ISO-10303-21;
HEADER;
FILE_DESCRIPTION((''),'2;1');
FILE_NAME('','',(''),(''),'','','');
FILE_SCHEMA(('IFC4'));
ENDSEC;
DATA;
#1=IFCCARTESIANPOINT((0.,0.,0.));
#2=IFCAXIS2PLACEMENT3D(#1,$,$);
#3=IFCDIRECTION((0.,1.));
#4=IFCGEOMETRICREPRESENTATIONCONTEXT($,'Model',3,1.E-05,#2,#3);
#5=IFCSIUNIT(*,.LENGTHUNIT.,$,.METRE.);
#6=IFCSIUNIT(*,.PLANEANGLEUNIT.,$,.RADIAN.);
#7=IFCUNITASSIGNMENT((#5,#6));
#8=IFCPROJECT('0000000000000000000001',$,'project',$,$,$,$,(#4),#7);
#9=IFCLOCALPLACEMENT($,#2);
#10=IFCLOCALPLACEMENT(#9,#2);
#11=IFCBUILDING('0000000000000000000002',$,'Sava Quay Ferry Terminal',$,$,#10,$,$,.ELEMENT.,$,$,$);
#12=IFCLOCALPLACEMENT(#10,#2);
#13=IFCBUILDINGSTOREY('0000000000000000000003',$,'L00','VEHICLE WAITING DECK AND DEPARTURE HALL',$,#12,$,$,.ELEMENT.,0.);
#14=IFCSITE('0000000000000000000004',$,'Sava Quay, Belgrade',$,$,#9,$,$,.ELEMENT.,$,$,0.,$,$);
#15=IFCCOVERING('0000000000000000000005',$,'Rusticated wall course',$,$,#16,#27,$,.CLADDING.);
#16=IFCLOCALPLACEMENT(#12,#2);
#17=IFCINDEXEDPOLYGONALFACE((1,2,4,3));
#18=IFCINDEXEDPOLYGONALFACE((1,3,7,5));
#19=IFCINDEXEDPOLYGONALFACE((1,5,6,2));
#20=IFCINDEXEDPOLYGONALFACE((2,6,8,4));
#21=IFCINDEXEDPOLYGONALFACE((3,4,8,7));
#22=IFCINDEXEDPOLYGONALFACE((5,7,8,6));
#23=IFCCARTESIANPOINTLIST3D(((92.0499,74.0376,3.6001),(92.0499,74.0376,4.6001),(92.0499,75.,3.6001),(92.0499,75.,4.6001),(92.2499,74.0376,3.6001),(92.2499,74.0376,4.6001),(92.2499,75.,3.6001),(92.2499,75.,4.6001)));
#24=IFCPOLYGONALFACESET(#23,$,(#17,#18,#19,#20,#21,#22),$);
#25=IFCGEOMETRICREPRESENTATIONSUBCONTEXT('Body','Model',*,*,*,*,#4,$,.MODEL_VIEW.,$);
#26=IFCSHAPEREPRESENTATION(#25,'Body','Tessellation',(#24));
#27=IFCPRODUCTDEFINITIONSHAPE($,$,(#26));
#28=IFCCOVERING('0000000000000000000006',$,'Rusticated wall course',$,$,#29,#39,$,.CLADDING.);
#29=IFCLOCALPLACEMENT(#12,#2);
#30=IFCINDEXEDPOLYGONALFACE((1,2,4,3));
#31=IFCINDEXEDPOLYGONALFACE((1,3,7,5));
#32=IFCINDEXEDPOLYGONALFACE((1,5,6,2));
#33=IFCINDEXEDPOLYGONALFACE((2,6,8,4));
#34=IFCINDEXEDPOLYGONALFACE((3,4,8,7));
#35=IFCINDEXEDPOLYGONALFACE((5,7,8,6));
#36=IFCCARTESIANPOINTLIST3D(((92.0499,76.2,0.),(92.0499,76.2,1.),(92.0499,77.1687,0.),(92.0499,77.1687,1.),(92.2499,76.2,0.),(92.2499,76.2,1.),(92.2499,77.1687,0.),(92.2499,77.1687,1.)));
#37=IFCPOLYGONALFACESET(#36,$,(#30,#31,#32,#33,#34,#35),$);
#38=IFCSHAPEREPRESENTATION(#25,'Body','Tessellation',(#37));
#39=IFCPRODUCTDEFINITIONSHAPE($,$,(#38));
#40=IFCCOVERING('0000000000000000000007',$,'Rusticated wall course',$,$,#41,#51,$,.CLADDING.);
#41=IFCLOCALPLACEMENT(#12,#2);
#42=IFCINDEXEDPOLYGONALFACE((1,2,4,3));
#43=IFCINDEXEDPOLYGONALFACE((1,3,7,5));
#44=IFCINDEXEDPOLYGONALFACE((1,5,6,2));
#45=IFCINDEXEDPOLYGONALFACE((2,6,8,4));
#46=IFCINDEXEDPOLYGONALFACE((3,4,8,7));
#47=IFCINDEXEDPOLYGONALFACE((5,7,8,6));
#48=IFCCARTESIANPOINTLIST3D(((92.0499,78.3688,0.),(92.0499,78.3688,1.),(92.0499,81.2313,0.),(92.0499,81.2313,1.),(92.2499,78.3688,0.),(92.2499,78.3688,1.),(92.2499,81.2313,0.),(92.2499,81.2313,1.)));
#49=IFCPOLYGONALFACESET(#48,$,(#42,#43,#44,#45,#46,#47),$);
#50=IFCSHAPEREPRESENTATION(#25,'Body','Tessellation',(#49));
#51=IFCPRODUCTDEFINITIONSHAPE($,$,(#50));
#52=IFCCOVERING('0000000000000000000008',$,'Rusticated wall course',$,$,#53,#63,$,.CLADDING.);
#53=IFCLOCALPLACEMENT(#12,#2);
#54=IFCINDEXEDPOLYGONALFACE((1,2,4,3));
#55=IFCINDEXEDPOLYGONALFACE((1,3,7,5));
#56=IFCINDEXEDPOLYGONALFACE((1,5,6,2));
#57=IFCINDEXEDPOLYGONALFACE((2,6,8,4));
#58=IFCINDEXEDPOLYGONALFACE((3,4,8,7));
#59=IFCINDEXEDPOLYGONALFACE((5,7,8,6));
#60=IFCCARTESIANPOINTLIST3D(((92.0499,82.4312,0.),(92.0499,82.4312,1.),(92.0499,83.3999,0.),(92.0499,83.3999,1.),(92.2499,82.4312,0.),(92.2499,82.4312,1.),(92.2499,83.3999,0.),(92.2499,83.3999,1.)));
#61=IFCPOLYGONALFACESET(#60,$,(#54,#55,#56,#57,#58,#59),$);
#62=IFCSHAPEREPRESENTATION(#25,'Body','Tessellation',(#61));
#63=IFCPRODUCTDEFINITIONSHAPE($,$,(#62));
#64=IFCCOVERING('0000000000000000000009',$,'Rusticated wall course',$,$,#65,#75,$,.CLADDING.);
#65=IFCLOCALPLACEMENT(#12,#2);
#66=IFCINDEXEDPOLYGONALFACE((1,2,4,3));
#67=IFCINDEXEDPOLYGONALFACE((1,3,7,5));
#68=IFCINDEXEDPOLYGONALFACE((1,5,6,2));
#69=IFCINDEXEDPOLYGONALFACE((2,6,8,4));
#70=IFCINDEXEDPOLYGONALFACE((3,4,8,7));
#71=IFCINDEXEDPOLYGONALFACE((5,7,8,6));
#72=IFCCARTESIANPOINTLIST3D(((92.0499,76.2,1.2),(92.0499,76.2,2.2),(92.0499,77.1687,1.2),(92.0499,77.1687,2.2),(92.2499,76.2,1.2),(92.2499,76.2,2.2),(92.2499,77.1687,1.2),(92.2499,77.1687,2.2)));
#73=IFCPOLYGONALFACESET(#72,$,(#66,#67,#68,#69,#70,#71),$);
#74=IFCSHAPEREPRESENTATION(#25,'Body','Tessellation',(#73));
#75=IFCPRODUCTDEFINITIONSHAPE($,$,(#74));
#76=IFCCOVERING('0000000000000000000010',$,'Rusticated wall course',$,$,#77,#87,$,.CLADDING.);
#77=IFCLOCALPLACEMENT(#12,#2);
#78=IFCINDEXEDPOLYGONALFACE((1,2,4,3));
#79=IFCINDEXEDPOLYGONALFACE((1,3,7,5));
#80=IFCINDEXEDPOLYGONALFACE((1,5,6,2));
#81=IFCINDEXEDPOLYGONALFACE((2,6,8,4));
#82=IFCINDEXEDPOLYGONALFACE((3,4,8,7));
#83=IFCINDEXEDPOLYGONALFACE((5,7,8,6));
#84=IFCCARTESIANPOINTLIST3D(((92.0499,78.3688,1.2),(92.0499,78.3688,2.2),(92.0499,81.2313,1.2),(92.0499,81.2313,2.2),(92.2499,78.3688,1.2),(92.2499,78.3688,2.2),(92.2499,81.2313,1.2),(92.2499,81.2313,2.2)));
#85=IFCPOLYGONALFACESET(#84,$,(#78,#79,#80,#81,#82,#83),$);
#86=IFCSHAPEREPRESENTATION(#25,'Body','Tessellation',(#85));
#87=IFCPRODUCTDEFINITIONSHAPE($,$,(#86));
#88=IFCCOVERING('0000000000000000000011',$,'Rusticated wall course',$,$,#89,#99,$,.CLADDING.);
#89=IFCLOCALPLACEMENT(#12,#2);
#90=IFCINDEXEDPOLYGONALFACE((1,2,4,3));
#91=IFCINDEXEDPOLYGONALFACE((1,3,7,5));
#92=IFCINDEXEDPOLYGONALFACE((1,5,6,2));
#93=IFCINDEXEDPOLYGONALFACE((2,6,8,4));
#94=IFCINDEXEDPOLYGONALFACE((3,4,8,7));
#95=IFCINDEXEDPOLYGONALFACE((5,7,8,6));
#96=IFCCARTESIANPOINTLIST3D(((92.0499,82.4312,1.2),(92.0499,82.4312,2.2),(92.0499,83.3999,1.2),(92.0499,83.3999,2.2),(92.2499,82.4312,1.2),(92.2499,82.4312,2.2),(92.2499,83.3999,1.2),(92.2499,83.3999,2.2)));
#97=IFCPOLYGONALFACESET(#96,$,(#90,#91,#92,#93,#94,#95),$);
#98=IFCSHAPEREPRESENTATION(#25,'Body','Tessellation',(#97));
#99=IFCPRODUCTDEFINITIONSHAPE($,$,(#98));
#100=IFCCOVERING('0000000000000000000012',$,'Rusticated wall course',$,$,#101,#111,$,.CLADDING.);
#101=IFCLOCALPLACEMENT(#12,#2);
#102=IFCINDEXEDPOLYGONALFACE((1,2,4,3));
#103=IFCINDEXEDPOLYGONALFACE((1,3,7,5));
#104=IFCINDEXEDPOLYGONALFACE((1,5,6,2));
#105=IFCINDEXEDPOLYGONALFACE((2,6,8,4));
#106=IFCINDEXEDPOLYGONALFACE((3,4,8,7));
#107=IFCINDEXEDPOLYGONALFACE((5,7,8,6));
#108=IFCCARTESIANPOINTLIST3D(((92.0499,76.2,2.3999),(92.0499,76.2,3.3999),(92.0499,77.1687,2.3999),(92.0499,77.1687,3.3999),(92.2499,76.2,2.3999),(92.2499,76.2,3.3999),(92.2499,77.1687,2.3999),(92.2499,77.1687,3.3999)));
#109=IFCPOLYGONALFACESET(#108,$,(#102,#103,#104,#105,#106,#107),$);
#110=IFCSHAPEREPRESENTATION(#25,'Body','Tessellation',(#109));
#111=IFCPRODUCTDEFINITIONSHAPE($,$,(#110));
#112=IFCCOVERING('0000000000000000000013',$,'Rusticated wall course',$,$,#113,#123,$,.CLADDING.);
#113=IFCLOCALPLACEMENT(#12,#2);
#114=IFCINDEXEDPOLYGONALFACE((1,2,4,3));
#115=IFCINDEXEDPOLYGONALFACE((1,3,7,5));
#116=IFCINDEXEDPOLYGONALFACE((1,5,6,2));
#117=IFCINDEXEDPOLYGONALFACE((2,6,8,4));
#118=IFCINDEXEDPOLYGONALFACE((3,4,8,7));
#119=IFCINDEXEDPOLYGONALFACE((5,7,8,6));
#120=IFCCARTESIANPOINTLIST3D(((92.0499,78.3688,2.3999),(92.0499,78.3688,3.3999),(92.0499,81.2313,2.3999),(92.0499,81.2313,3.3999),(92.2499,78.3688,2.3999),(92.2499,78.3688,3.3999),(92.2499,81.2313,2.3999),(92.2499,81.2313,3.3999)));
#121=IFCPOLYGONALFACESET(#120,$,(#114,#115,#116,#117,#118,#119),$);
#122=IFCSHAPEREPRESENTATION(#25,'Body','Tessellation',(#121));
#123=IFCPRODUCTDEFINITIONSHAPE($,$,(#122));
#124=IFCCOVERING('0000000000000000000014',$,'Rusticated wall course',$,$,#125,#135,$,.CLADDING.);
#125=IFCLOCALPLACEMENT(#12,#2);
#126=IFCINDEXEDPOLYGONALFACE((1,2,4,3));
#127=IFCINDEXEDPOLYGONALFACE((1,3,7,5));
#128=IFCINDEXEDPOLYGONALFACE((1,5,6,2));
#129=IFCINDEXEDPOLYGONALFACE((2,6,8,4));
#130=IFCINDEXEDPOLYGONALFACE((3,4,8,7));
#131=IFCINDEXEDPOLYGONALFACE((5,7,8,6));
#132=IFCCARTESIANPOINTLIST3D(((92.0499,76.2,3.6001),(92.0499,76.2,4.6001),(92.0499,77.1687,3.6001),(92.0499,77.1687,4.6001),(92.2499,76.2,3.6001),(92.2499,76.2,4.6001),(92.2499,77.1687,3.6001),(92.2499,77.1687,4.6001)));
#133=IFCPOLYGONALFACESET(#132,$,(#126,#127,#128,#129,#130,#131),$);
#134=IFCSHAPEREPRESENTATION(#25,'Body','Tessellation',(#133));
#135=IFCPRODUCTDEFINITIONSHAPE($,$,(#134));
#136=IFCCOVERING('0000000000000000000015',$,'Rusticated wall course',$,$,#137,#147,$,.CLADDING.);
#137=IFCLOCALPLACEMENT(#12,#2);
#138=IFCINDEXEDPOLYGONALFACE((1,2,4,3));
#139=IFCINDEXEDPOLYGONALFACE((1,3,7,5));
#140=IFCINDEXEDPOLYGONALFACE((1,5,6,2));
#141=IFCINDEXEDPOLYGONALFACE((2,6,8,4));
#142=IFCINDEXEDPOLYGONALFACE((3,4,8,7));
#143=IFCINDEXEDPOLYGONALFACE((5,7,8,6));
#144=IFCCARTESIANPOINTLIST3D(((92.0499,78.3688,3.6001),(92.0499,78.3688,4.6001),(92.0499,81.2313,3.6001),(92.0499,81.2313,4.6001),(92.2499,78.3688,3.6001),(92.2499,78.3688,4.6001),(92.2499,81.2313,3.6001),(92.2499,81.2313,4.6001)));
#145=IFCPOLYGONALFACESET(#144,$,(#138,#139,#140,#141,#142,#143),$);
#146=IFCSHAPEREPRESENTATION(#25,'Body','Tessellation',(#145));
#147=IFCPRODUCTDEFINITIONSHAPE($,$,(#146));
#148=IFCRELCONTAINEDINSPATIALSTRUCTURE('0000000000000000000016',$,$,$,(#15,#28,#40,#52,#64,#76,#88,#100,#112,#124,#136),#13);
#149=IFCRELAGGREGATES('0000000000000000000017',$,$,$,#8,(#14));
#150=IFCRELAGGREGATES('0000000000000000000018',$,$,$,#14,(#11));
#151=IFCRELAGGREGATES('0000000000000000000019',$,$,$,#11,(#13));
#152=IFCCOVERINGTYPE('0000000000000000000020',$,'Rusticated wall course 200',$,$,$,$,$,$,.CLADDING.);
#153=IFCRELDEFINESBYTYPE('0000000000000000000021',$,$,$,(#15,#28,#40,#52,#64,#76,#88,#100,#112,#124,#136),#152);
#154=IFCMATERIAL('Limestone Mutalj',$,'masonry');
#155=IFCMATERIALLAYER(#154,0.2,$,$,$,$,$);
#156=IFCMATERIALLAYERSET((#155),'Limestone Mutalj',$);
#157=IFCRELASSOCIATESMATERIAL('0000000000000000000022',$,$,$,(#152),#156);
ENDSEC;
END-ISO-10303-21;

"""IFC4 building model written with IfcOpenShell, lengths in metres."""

from ifc_helpers import new_model, si_unit, direction, frame, origin, origin_2d, place, context, subcontext, project, spatial, rectangle, extrude, material, layer, layer_set, type_object, element, save


model = new_model("IFC4")

# Units and contexts
model_context = context("Model", 3, precision=1e-05, world=origin(), true_north=direction((0.0, 1.0)))
body_context = subcontext(model_context, "Body", "Model", "MODEL_VIEW")
ifc_project = project(units=[si_unit("LENGTHUNIT", "METRE"), si_unit("PLANEANGLEUNIT", "RADIAN")], contexts=[model_context])

# Site, building, storey
site_placement = place(None, origin())
site = spatial("IfcSite", under=ifc_project, at=site_placement, Name="Sava Quay, Belgrade", CompositionType="ELEMENT", RefElevation=0.0)
building_placement = place(site_placement, origin())
building = spatial("IfcBuilding", under=site, at=building_placement, Name="Sava Quay Ferry Terminal", CompositionType="ELEMENT")
storey_placement = place(building_placement, origin())
storey = spatial("IfcBuildingStorey", under=building, at=storey_placement, Name="L00", Description="VEHICLE WAITING DECK AND DEPARTURE HALL", CompositionType="ELEMENT", Elevation=0.0)

# Coverings
ifc_material_1 = material(Name="Limestone Mutalj", Category="masonry")
ifc_layer_1 = layer(ifc_material_1, 0.2)
ifc_layer_set_1 = layer_set([ifc_layer_1], Name="Limestone Mutalj")
covering_type_1 = type_object("IfcCoveringType", Name="Rusticated wall course 200", PredefinedType="CLADDING", material=ifc_layer_set_1)
for number, where, z_axis, x_axis, name in (
    (1, (92.1499, 74.5188, 3.6001), (0.0, 0.0, 1.0), (1.0, 0.0, 0.0), "Rusticated wall course"),
):
    element("IfcCovering", number, at=place(storey_placement, frame(where, z_axis=z_axis, x_axis=x_axis)), inside=storey, type_object=covering_type_1, Name=name, PredefinedType="CLADDING", context=body_context, shape_type="SweptSolid", body=[
        extrude(rectangle(XDim=0.2, YDim=0.9624, at=origin_2d()), origin(), (0.0, 0.0, 1.0), 1.0),
    ])
covering_1_placement = place(storey_placement, frame((92.1499, 76.6843, 0.0), z_axis=(0.0, 0.0, 1.0), x_axis=(1.0, 0.0, 0.0)))
element("IfcCovering", 2, at=covering_1_placement, inside=storey, type_object=covering_type_1, Name="Rusticated wall course", PredefinedType="CLADDING", context=body_context, shape_type="SweptSolid", body=[
    extrude(rectangle(XDim=0.2, YDim=0.9688, at=origin_2d()), origin(), (0.0, 0.0, 1.0), 1.0),
])
covering_2_placement = place(storey_placement, frame((92.1499, 79.8, 0.0), z_axis=(0.0, 0.0, 1.0), x_axis=(1.0, 0.0, 0.0)))
element("IfcCovering", 3, at=covering_2_placement, inside=storey, type_object=covering_type_1, Name="Rusticated wall course", PredefinedType="CLADDING", context=body_context, shape_type="SweptSolid", body=[
    extrude(rectangle(XDim=0.2, YDim=2.8625, at=origin_2d()), origin(), (0.0, 0.0, 1.0), 1.0),
])
for number, where, z_axis, x_axis, name in (
    (4, (92.1499, 82.9155, 0.0), (0.0, 0.0, 1.0), (1.0, 0.0, 0.0), "Rusticated wall course"),
    (5, (92.1499, 76.6843, 1.2), (0.0, 0.0, 1.0), (1.0, 0.0, 0.0), "Rusticated wall course"),
):
    element("IfcCovering", number, at=place(storey_placement, frame(where, z_axis=z_axis, x_axis=x_axis)), inside=storey, type_object=covering_type_1, Name=name, PredefinedType="CLADDING", context=body_context, shape_type="SweptSolid", body=[
        extrude(rectangle(XDim=0.2, YDim=0.9688, at=origin_2d()), origin(), (0.0, 0.0, 1.0), 1.0),
    ])
covering_3_placement = place(storey_placement, frame((92.1499, 79.8, 1.2), z_axis=(0.0, 0.0, 1.0), x_axis=(1.0, 0.0, 0.0)))
element("IfcCovering", 6, at=covering_3_placement, inside=storey, type_object=covering_type_1, Name="Rusticated wall course", PredefinedType="CLADDING", context=body_context, shape_type="SweptSolid", body=[
    extrude(rectangle(XDim=0.2, YDim=2.8625, at=origin_2d()), origin(), (0.0, 0.0, 1.0), 1.0),
])
for number, where, z_axis, x_axis, name in (
    (7, (92.1499, 82.9155, 1.2), (0.0, 0.0, 1.0), (1.0, 0.0, 0.0), "Rusticated wall course"),
    (8, (92.1499, 76.6843, 2.3999), (0.0, 0.0, 1.0), (1.0, 0.0, 0.0), "Rusticated wall course"),
):
    element("IfcCovering", number, at=place(storey_placement, frame(where, z_axis=z_axis, x_axis=x_axis)), inside=storey, type_object=covering_type_1, Name=name, PredefinedType="CLADDING", context=body_context, shape_type="SweptSolid", body=[
        extrude(rectangle(XDim=0.2, YDim=0.9688, at=origin_2d()), origin(), (0.0, 0.0, 1.0), 1.0),
    ])
covering_4_placement = place(storey_placement, frame((92.1499, 79.8, 2.3999), z_axis=(0.0, 0.0, 1.0), x_axis=(1.0, 0.0, 0.0)))
element("IfcCovering", 9, at=covering_4_placement, inside=storey, type_object=covering_type_1, Name="Rusticated wall course", PredefinedType="CLADDING", context=body_context, shape_type="SweptSolid", body=[
    extrude(rectangle(XDim=0.2, YDim=2.8625, at=origin_2d()), origin(), (0.0, 0.0, 1.0), 1.0),
])
covering_5_placement = place(storey_placement, frame((92.1499, 76.6843, 3.6001), z_axis=(0.0, 0.0, 1.0), x_axis=(1.0, 0.0, 0.0)))
element("IfcCovering", 10, at=covering_5_placement, inside=storey, type_object=covering_type_1, Name="Rusticated wall course", PredefinedType="CLADDING", context=body_context, shape_type="SweptSolid", body=[
    extrude(rectangle(XDim=0.2, YDim=0.9688, at=origin_2d()), origin(), (0.0, 0.0, 1.0), 1.0),
])
covering_6_placement = place(storey_placement, frame((92.1499, 79.8, 3.6001), z_axis=(0.0, 0.0, 1.0), x_axis=(1.0, 0.0, 0.0)))
element("IfcCovering", 11, at=covering_6_placement, inside=storey, type_object=covering_type_1, Name="Rusticated wall course", PredefinedType="CLADDING", context=body_context, shape_type="SweptSolid", body=[
    extrude(rectangle(XDim=0.2, YDim=2.8625, at=origin_2d()), origin(), (0.0, 0.0, 1.0), 1.0),
])

save(model, "model.ifc")
